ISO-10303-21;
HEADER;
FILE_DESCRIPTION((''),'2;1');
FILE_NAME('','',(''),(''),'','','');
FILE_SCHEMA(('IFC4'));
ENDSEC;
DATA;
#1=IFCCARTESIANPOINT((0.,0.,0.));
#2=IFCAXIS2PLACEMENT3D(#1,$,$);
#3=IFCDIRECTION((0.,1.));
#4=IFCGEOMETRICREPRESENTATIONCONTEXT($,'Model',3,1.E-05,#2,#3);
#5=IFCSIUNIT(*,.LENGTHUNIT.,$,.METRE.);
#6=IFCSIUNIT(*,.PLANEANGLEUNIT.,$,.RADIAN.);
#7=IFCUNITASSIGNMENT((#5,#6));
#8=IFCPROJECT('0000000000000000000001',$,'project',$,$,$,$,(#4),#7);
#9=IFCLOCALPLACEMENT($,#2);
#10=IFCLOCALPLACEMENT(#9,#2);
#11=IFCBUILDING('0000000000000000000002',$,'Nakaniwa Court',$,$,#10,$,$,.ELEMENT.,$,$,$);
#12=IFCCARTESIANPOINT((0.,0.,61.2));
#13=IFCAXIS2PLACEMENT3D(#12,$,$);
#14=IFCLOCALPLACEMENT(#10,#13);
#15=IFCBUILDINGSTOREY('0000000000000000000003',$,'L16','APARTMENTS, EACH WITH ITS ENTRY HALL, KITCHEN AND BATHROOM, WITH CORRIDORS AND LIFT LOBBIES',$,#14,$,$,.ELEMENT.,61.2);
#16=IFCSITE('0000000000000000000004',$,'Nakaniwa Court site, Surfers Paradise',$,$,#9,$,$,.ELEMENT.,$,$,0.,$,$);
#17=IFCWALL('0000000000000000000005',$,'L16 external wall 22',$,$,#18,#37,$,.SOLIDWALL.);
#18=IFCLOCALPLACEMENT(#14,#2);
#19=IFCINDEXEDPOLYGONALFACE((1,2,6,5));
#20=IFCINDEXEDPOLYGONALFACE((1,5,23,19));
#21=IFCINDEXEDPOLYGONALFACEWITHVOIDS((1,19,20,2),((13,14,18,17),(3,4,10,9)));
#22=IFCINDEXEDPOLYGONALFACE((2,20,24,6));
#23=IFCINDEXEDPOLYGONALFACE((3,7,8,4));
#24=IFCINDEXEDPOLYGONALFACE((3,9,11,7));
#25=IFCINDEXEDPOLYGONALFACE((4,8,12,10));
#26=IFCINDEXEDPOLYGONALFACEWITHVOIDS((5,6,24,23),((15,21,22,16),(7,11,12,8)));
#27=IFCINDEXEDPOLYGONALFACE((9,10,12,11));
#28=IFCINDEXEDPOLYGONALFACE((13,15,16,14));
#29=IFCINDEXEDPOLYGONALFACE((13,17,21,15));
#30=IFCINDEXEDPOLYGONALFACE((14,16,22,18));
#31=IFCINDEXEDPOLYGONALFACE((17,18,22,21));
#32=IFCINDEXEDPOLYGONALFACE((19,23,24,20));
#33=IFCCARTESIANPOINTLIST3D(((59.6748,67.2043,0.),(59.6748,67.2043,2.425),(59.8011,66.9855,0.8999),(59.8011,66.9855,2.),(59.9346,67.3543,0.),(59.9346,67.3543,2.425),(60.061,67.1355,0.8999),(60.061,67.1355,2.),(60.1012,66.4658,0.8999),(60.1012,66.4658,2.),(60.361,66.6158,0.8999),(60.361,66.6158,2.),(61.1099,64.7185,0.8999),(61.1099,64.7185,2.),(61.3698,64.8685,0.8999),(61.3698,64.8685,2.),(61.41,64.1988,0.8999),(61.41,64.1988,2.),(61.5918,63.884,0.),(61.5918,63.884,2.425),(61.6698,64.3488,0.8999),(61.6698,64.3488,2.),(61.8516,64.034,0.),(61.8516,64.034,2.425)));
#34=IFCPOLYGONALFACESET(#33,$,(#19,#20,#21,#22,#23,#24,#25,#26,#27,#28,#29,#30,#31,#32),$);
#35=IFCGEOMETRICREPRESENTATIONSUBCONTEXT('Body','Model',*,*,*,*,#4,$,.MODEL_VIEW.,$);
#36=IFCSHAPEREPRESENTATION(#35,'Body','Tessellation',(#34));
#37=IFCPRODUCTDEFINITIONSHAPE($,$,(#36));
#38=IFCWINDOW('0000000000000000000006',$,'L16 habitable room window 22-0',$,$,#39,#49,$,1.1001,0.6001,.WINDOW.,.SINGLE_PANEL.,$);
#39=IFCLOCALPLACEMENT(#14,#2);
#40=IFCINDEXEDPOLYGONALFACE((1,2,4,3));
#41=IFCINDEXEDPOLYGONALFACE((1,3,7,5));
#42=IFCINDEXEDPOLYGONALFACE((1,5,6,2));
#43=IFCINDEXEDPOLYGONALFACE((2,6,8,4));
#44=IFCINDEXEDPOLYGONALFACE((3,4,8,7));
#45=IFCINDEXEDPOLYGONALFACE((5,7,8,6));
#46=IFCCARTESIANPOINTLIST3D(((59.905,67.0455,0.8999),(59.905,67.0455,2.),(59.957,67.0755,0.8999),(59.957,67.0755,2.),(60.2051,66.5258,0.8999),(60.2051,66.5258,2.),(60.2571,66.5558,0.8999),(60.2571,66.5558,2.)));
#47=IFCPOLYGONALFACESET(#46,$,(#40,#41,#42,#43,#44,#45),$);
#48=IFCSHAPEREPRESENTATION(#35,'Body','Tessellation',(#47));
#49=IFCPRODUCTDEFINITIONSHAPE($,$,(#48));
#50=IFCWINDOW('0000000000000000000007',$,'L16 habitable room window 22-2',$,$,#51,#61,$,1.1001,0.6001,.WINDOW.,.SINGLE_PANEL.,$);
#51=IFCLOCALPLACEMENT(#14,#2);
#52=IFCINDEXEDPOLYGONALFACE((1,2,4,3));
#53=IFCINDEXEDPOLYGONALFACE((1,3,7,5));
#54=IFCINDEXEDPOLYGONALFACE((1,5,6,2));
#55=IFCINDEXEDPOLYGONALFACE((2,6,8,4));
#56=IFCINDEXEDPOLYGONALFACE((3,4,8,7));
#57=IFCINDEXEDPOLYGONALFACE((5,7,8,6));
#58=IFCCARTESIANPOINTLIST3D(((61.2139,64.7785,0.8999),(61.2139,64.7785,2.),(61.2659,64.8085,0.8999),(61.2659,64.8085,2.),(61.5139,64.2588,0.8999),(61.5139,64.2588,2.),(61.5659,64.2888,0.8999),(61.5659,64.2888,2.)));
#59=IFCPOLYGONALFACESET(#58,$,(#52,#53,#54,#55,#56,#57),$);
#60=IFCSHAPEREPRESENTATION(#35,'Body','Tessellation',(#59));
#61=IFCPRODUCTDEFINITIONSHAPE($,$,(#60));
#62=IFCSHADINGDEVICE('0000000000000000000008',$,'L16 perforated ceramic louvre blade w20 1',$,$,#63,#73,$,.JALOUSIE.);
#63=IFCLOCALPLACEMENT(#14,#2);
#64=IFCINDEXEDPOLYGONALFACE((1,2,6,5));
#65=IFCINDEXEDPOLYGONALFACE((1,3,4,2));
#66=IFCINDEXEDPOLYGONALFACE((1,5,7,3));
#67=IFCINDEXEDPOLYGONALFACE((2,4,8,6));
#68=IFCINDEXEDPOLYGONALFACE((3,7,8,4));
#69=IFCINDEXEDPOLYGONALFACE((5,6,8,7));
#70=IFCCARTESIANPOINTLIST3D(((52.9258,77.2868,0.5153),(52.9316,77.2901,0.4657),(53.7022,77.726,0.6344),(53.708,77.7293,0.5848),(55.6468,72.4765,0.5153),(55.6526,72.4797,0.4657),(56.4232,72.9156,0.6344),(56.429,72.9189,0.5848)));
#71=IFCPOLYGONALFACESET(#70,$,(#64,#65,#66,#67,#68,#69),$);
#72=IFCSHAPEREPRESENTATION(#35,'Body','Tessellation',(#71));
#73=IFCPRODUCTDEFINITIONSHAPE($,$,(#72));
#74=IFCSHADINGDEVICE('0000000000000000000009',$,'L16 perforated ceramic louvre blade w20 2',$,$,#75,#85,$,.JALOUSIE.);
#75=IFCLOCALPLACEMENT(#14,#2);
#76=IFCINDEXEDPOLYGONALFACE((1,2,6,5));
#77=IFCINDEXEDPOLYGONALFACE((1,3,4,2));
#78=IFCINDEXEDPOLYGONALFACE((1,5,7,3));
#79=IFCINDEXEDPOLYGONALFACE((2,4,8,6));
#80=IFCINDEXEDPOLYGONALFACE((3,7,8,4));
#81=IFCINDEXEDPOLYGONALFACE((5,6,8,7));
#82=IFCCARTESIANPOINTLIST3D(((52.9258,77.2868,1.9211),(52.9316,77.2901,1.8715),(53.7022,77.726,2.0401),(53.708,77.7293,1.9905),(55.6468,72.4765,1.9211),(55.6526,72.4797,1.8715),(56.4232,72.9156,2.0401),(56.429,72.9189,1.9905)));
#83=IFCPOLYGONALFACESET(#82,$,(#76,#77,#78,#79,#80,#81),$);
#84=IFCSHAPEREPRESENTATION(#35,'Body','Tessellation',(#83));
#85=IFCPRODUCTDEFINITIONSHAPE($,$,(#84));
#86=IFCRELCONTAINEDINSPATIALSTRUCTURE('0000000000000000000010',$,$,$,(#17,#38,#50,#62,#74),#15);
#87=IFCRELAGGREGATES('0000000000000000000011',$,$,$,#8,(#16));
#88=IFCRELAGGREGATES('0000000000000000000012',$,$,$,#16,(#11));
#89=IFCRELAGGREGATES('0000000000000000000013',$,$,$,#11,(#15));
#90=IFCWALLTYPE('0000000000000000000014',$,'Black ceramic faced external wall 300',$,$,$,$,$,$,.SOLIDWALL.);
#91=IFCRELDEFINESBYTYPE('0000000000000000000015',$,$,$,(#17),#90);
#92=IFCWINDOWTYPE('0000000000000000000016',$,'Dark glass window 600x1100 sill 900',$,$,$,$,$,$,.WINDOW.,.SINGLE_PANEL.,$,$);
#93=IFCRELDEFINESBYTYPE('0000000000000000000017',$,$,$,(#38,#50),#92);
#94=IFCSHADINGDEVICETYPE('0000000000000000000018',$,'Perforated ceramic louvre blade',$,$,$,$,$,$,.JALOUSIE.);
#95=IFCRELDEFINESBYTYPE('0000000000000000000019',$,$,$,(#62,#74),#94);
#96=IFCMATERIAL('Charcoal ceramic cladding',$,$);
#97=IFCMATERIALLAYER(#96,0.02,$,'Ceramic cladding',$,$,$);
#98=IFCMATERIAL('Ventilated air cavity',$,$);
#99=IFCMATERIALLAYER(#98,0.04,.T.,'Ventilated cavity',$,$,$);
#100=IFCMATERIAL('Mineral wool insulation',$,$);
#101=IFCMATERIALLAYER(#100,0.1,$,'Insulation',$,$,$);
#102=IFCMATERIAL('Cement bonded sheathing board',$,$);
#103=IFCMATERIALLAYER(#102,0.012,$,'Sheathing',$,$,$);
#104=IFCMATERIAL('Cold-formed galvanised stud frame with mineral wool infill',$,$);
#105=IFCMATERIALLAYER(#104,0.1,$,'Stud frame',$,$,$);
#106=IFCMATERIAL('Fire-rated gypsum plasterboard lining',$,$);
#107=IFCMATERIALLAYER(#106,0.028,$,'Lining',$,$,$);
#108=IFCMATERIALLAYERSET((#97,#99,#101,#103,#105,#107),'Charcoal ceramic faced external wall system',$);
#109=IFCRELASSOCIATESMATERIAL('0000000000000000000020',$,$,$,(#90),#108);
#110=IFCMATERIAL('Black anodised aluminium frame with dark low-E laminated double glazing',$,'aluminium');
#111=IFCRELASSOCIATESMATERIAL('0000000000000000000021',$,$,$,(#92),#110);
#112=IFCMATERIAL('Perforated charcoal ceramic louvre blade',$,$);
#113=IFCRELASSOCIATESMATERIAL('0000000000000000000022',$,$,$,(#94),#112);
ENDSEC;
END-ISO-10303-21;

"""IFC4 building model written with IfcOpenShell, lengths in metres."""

from ifc_helpers import new_model, si_unit, direction, frame, frame_2d, origin, origin_2d, place, context, subcontext, project, spatial, rectangle, extrude, material, layer, layer_set, material_profile, profile_set, type_object, element, fill, save


model = new_model("IFC4")

# Units and contexts
model_context = context("Model", 3, precision=1e-05, world=origin(), true_north=direction((0.0, 1.0)))
body_context = subcontext(model_context, "Body", "Model", "MODEL_VIEW")
ifc_project = project(units=[si_unit("LENGTHUNIT", "METRE"), si_unit("PLANEANGLEUNIT", "RADIAN")], contexts=[model_context])

# Site, building, storey
site_placement = place(None, origin())
site = spatial("IfcSite", under=ifc_project, at=site_placement, Name="Nakaniwa Court site, Surfers Paradise", CompositionType="ELEMENT", RefElevation=0.0)
building_placement = place(site_placement, origin())
building = spatial("IfcBuilding", under=site, at=building_placement, Name="Nakaniwa Court", CompositionType="ELEMENT")
storey_placement = place(building_placement, frame((0.0, 0.0, 61.2)))
storey = spatial("IfcBuildingStorey", under=building, at=storey_placement, Name="L16", Description="APARTMENTS, EACH WITH ITS ENTRY HALL, KITCHEN AND BATHROOM, WITH CORRIDORS AND LIFT LOBBIES", CompositionType="ELEMENT", Elevation=61.2)

# Shared definitions
ifc_material_1 = material(Name="Charcoal ceramic cladding")
ifc_layer_1 = layer(ifc_material_1, 0.02, Name="Ceramic cladding")
ifc_material_2 = material(Name="Ventilated air cavity")
ifc_layer_2 = layer(ifc_material_2, 0.04, ventilated=True, Name="Ventilated cavity")
ifc_material_3 = material(Name="Mineral wool insulation")
ifc_layer_3 = layer(ifc_material_3, 0.1, Name="Insulation")
ifc_material_4 = material(Name="Cement bonded sheathing board")
ifc_layer_4 = layer(ifc_material_4, 0.012, Name="Sheathing")
ifc_material_5 = material(Name="Cold-formed galvanised stud frame with mineral wool infill")
ifc_layer_5 = layer(ifc_material_5, 0.1, Name="Stud frame")
ifc_material_6 = material(Name="Fire-rated gypsum plasterboard lining")
ifc_layer_6 = layer(ifc_material_6, 0.028, Name="Lining")
ifc_layer_set = layer_set([ifc_layer_1, ifc_layer_2, ifc_layer_3, ifc_layer_4, ifc_layer_5, ifc_layer_6], Name="Charcoal ceramic faced external wall system")
wall_type = type_object("IfcWallType", Name="Black ceramic faced external wall 300", PredefinedType="SOLIDWALL", material=ifc_layer_set)
ifc_material_7 = material(Name="Black anodised aluminium frame with dark low-E laminated double glazing", Category="aluminium")

# Wall, openings, windows
wall_1_placement = place(storey_placement, frame((59.8047, 67.2793, 0.0), z_axis=(0.0, 0.0, 1.0), x_axis=(0.500002, -0.866024, 0.0)))
wall_1 = element("IfcWall", 1, at=wall_1_placement, inside=storey, type_object=wall_type, Name="L16 external wall 22", PredefinedType="SOLIDWALL", context=body_context, shape_type="SweptSolid", body=[
    extrude(rectangle(XDim=3.834, YDim=0.3, at=frame_2d((1.917, 0.0))), origin(), (0.0, 0.0, 1.0), 2.425),
])
opening_1_placement = place(wall_1_placement, frame((0.2527, 0.0, 0.8999)))
opening_1 = element("IfcOpeningElement", 2, at=opening_1_placement, cuts=wall_1, PredefinedType="OPENING", context=body_context, shape_type="SweptSolid", body=[
    extrude(rectangle(XDim=0.6001, YDim=1.1001, at=frame_2d((0.3, 0.55))), frame((0.0, 0.1599, 0.0), z_axis=(0.0, -1.0, 0.0), x_axis=(1.0, 0.0, 0.0)), (0.0, 0.0, 1.0), 0.3201),
])
opening_2_placement = place(wall_1_placement, frame((2.8704, 0.0, 0.8999)))
opening_2 = element("IfcOpeningElement", 3, at=opening_2_placement, cuts=wall_1, PredefinedType="OPENING", context=body_context, shape_type="SweptSolid", body=[
    extrude(rectangle(XDim=0.6001, YDim=1.1001, at=frame_2d((0.3, 0.55))), frame((0.0, 0.1599, 0.0), z_axis=(0.0, -1.0, 0.0), x_axis=(1.0, 0.0, 0.0)), (0.0, 0.0, 1.0), 0.3201),
])
window_type_1 = type_object("IfcWindowType", Name="Dark glass window 600x1100 sill 900", PartitioningType="SINGLE_PANEL", PredefinedType="WINDOW", material=ifc_material_7)
window_1_placement = place(opening_1_placement, origin())
window_1 = element("IfcWindow", 4, at=window_1_placement, inside=storey, type_object=window_type_1, Name="L16 habitable room window 22-0", OverallHeight=1.1001, OverallWidth=0.6001, PartitioningType="SINGLE_PANEL", PredefinedType="WINDOW", context=body_context, shape_type="SweptSolid", body=[
    extrude(rectangle(XDim=0.6001, YDim=1.1001, at=frame_2d((0.3, 0.55))), frame((0.0, 0.03, 0.0), z_axis=(0.0, -1.0, 0.0), x_axis=(1.0, 0.0, 0.0)), (0.0, 0.0, 1.0), 0.0601),
])
fill(opening_1, window_1)
window_2_placement = place(opening_2_placement, origin())
window_2 = element("IfcWindow", 5, at=window_2_placement, inside=storey, type_object=window_type_1, Name="L16 habitable room window 22-2", OverallHeight=1.1001, OverallWidth=0.6001, PartitioningType="SINGLE_PANEL", PredefinedType="WINDOW", context=body_context, shape_type="SweptSolid", body=[
    extrude(rectangle(XDim=0.6001, YDim=1.1001, at=frame_2d((0.3, 0.55))), frame((0.0, 0.03, 0.0), z_axis=(0.0, -1.0, 0.0), x_axis=(1.0, 0.0, 0.0)), (0.0, 0.0, 1.0), 0.0601),
])
fill(opening_2, window_2)

# Shading devices
ifc_material_8 = material(Name="Perforated charcoal ceramic louvre blade")
ifc_material_profile_1 = material_profile(ifc_material_8, rectangle(XDim=0.8999, YDim=0.05, at=origin_2d()), Name="Perforated ceramic louvre blade")
ifc_profile_set_1 = profile_set([ifc_material_profile_1], Name="Perforated charcoal ceramic louvre blade")
shading_device_type = type_object("IfcShadingDeviceType", Name="Perforated ceramic louvre blade", PredefinedType="JALOUSIE", material=ifc_profile_set_1)
for number, where, z_axis, x_axis, name in (
    (6, (53.3169, 77.5081, 0.55), (0.492343, -0.870402, 0.0), (0.862756, 0.488018, 0.132256), "L16 perforated ceramic louvre blade w20 1"),
    (7, (53.3169, 77.5081, 1.9558), (0.492343, -0.870402, 0.0), (0.862756, 0.488018, 0.132256), "L16 perforated ceramic louvre blade w20 2"),
):
    element("IfcShadingDevice", number, at=place(storey_placement, frame(where, z_axis=z_axis, x_axis=x_axis)), inside=storey, type_object=shading_device_type, Name=name, PredefinedType="JALOUSIE", context=body_context, shape_type="SweptSolid", body=[
        extrude(rectangle(XDim=0.8999, YDim=0.05, at=origin_2d()), origin(), (0.0, 0.0, 1.0), 5.5266),
    ])

save(model, "model.ifc")
